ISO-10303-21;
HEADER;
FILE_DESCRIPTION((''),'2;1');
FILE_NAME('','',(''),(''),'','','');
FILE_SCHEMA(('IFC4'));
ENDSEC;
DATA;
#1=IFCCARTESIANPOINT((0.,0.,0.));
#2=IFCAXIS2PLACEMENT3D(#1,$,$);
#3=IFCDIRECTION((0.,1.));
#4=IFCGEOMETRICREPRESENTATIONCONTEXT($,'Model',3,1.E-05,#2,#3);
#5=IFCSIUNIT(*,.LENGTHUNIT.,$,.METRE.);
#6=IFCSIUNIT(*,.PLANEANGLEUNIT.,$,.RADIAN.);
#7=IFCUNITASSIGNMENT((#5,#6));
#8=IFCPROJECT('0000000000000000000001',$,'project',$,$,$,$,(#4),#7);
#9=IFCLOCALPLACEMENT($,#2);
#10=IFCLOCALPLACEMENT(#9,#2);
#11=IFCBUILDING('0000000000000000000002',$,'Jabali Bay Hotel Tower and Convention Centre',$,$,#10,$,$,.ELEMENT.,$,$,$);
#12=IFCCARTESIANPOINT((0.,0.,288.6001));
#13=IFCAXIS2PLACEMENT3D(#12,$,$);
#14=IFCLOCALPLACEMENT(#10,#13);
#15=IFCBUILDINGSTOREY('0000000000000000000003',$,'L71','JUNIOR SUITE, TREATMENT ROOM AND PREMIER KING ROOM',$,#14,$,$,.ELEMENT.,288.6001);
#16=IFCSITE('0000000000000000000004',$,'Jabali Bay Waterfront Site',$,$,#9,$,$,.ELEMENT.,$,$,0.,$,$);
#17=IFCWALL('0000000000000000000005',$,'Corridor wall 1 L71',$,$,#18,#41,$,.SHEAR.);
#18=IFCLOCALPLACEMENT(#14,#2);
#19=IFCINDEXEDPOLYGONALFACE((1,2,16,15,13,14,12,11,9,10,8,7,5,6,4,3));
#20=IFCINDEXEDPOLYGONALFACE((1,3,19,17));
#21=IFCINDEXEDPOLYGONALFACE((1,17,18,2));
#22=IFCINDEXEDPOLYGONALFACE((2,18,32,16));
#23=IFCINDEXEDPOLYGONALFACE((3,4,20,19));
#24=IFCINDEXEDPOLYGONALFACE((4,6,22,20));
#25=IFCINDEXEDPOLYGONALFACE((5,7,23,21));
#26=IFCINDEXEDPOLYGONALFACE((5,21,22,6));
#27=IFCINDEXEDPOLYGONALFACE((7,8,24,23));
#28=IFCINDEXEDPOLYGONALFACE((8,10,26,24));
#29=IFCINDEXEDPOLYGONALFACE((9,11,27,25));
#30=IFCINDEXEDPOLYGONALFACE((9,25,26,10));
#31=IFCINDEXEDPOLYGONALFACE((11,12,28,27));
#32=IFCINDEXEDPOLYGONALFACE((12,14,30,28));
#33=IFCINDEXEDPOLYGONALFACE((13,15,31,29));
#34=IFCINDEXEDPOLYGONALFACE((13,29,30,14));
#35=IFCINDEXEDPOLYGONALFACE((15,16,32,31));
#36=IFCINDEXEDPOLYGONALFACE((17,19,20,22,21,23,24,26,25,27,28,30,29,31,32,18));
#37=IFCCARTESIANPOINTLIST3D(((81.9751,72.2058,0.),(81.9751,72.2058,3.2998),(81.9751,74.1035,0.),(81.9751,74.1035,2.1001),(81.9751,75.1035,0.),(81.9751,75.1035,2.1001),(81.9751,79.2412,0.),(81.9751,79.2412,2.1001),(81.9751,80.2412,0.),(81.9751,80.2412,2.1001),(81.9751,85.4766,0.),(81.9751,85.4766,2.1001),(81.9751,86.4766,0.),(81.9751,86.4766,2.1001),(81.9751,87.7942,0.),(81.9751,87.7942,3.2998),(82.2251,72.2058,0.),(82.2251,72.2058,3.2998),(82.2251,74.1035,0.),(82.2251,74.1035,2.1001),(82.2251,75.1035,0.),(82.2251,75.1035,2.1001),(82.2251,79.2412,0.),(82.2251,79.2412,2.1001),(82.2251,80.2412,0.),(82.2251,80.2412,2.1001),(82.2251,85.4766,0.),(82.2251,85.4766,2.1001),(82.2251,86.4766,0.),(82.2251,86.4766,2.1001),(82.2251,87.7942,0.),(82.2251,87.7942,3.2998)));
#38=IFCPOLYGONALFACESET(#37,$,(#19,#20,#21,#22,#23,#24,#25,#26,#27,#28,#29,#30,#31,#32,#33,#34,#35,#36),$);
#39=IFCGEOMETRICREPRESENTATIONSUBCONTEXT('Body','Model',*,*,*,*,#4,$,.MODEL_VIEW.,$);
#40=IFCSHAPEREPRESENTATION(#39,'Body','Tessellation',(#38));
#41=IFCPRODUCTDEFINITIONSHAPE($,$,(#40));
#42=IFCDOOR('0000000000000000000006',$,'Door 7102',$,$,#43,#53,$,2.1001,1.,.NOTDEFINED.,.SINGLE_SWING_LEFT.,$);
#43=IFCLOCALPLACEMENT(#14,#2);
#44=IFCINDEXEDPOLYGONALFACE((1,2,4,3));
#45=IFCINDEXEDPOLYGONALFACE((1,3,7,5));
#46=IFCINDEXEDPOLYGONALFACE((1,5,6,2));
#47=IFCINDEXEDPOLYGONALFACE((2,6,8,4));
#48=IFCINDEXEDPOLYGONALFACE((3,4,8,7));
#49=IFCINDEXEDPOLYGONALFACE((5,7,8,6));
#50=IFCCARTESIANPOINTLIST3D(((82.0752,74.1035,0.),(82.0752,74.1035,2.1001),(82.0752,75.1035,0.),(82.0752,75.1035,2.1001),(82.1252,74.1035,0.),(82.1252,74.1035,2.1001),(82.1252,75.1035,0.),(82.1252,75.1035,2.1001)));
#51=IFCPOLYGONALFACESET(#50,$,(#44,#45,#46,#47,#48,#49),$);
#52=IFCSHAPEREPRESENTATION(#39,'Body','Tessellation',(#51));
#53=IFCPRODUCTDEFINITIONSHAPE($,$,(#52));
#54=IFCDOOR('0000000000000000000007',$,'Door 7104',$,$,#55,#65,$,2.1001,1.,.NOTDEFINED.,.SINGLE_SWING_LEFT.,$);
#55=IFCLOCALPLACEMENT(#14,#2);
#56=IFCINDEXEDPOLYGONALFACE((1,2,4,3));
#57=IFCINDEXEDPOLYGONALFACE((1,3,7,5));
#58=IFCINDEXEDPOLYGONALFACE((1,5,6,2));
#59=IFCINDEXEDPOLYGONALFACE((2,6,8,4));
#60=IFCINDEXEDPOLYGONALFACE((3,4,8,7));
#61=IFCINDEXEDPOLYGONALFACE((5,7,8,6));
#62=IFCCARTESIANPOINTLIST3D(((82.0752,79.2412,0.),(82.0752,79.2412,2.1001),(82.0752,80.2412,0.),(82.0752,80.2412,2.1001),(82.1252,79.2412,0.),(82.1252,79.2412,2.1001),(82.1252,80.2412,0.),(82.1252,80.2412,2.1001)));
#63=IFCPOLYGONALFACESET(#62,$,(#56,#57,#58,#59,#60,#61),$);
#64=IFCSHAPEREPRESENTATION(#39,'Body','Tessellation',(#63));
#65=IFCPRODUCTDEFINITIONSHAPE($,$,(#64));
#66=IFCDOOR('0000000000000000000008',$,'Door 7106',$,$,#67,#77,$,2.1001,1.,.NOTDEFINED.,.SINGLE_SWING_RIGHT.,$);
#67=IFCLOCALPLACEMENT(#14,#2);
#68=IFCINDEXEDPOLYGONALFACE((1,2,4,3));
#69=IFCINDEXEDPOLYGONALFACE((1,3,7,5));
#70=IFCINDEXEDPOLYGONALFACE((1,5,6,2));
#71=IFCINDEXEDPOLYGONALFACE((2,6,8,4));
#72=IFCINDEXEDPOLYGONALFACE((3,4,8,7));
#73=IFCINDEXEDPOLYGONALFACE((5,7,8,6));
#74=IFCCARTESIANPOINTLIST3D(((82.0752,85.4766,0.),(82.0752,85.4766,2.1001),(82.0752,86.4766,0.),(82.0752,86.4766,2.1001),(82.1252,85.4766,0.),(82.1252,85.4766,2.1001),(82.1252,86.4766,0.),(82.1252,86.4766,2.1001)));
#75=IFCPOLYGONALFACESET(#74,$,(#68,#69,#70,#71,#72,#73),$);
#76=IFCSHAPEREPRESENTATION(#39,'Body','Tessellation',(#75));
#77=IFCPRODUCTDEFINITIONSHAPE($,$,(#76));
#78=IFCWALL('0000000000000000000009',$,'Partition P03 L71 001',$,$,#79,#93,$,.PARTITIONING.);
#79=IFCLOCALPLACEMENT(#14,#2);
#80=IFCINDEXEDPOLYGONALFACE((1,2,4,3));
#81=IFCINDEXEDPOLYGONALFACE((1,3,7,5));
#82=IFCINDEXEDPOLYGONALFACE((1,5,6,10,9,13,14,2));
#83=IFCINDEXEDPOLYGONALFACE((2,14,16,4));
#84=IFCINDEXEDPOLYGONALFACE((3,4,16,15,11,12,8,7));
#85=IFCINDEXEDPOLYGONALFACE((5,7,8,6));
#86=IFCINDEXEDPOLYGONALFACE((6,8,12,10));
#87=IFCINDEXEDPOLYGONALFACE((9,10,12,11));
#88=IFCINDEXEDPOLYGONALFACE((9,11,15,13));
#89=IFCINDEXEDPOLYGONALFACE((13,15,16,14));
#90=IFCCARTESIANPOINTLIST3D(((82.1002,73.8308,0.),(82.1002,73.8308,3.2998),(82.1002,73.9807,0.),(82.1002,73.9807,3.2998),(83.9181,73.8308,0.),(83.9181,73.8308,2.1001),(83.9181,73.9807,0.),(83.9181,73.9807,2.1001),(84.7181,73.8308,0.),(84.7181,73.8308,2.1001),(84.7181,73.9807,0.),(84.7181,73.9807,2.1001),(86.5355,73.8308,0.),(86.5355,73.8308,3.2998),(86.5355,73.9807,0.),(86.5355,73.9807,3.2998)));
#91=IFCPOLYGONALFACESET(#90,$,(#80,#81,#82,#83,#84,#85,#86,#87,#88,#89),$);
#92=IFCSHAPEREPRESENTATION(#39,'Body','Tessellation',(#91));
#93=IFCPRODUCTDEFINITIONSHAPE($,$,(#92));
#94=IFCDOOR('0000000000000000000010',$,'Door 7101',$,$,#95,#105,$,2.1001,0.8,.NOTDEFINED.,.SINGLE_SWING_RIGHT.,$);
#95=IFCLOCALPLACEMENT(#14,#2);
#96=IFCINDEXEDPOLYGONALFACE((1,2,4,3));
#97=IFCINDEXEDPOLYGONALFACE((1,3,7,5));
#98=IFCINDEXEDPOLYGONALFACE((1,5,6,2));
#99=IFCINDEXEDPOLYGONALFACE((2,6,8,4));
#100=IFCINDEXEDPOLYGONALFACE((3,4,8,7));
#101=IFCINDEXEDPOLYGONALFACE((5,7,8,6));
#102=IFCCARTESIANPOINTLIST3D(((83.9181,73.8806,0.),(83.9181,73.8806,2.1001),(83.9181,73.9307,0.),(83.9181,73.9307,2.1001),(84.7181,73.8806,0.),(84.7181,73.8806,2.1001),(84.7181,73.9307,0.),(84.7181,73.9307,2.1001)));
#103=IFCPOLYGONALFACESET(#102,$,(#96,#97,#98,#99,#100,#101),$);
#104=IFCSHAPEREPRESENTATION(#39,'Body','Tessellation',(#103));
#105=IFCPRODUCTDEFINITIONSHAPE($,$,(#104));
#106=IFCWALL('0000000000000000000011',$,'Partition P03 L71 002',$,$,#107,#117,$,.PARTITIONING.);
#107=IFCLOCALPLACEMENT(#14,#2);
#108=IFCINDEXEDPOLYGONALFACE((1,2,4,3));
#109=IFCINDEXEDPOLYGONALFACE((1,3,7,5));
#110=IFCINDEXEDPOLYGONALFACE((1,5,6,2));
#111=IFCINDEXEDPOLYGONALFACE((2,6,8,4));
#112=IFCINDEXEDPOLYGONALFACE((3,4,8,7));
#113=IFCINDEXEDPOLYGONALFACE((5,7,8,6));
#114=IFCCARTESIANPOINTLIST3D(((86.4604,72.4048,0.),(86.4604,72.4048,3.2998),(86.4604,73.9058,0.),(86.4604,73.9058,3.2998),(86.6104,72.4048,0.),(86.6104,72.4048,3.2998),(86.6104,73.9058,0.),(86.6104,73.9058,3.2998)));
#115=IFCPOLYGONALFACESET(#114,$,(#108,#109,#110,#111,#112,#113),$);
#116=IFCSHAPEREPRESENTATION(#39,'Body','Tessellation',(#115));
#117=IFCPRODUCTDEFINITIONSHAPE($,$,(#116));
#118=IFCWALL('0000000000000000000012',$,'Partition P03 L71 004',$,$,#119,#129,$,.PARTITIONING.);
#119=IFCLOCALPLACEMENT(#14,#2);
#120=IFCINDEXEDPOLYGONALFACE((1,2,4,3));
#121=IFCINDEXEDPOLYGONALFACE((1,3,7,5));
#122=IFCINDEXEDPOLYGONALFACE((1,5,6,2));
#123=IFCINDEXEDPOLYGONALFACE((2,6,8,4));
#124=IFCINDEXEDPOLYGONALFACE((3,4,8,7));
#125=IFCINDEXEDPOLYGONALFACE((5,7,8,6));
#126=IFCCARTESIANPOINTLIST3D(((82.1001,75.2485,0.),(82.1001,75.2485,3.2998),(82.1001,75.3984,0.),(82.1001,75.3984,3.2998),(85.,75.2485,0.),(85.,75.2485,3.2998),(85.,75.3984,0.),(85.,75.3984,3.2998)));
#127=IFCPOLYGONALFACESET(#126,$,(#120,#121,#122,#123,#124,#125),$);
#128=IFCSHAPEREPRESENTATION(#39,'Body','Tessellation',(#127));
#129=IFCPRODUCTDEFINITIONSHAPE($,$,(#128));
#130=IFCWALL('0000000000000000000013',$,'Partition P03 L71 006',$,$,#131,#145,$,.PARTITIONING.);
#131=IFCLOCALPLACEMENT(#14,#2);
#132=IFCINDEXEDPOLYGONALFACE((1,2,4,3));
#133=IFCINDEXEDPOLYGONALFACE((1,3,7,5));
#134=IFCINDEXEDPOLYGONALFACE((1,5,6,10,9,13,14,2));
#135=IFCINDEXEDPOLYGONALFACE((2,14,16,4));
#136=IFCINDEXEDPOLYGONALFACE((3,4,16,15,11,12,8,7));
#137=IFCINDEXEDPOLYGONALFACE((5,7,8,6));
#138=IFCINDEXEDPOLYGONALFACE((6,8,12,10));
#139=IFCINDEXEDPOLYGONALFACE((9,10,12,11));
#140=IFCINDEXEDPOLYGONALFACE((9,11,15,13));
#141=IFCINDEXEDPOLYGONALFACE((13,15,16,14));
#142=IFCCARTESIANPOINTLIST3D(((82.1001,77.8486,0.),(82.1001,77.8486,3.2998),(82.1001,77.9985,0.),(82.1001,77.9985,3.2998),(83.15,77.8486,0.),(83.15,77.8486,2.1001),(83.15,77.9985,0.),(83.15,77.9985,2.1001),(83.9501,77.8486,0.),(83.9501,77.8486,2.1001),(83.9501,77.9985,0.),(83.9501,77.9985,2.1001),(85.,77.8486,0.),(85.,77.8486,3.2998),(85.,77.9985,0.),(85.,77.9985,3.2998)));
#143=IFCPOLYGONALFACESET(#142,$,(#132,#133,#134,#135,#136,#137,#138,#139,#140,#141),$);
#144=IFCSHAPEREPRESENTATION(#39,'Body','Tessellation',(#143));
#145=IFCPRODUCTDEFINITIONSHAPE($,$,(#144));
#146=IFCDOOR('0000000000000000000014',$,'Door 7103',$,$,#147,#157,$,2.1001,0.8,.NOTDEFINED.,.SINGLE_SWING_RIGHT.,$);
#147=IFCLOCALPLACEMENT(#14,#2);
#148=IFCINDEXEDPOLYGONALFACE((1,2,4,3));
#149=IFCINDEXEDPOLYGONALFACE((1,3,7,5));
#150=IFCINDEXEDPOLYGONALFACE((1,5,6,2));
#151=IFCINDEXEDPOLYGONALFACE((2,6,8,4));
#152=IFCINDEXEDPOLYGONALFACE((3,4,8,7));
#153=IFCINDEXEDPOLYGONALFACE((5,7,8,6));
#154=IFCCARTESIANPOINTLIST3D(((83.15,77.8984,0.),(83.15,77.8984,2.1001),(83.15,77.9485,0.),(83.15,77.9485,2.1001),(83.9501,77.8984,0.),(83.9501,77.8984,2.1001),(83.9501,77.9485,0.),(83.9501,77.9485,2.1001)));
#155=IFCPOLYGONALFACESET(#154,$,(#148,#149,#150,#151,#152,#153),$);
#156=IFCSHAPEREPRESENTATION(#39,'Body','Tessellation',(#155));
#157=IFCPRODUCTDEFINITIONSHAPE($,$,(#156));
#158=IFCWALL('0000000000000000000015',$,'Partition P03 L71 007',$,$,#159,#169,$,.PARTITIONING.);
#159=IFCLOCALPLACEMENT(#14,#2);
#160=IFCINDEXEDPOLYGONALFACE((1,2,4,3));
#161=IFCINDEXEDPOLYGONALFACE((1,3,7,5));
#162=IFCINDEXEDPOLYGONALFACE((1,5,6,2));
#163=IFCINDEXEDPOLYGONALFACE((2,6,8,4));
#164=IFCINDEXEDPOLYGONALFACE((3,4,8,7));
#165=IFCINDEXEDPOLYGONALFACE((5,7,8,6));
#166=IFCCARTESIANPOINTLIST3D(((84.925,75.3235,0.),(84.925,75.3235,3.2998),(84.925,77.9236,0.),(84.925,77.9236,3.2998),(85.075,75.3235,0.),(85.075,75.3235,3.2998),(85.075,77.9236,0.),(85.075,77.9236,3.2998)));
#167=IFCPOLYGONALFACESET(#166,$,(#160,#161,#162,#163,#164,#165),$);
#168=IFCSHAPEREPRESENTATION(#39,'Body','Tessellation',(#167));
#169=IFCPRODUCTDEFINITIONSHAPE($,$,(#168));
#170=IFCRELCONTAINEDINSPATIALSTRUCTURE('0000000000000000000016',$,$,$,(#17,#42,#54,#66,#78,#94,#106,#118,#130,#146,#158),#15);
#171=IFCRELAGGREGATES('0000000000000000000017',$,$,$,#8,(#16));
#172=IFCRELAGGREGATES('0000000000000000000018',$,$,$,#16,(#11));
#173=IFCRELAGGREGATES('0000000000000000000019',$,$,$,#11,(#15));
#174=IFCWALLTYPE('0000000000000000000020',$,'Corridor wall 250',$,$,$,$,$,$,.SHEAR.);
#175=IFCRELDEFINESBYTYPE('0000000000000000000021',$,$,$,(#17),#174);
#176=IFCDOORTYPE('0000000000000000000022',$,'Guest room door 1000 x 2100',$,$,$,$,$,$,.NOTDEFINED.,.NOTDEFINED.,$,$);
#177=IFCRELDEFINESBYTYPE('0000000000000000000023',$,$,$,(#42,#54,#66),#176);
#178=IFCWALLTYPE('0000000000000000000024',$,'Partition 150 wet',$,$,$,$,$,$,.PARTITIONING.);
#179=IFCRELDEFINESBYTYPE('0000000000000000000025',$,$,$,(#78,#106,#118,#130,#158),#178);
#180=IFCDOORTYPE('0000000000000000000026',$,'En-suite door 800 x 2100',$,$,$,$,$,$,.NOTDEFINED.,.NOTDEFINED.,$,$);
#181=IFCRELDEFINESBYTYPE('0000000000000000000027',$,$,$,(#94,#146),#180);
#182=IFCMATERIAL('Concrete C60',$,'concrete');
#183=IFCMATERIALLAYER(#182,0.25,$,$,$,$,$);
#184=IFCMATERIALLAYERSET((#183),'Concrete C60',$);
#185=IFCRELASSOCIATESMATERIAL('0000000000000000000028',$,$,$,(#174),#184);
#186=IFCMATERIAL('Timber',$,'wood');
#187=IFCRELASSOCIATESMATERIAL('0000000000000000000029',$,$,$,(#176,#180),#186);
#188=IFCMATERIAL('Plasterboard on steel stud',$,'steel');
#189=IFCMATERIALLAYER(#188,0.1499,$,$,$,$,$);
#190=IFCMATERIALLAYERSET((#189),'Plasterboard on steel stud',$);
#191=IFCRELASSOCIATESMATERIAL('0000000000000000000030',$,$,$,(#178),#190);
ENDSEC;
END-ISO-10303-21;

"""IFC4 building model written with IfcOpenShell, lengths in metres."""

from ifc_helpers import new_model, si_unit, direction, frame, frame_2d, origin, place, context, subcontext, project, spatial, rectangle, extrude, material, layer, layer_set, type_object, element, fill, save


model = new_model("IFC4")

# Units and contexts
model_context = context("Model", 3, precision=1e-05, world=origin(), true_north=direction((0.0, 1.0)))
body_context = subcontext(model_context, "Body", "Model", "MODEL_VIEW")
ifc_project = project(units=[si_unit("LENGTHUNIT", "METRE"), si_unit("PLANEANGLEUNIT", "RADIAN")], contexts=[model_context])

# Site, building, storey
site_placement = place(None, origin())
site = spatial("IfcSite", under=ifc_project, at=site_placement, Name="Jabali Bay Waterfront Site", CompositionType="ELEMENT", RefElevation=0.0)
building_placement = place(site_placement, origin())
building = spatial("IfcBuilding", under=site, at=building_placement, Name="Jabali Bay Hotel Tower and Convention Centre", CompositionType="ELEMENT")
storey_placement = place(building_placement, frame((0.0, 0.0, 288.6001)))
storey = spatial("IfcBuildingStorey", under=building, at=storey_placement, Name="L71", Description="JUNIOR SUITE, TREATMENT ROOM AND PREMIER KING ROOM", CompositionType="ELEMENT", Elevation=288.6001)

# Shared definitions
ifc_material_1 = material(Name="Concrete C60", Category="concrete")

# Wall, openings, doors
ifc_layer_1 = layer(ifc_material_1, 0.25)
ifc_layer_set_1 = layer_set([ifc_layer_1], Name="Concrete C60")
wall_type_1 = type_object("IfcWallType", Name="Corridor wall 250", PredefinedType="SHEAR", material=ifc_layer_set_1)
wall_1_placement = place(storey_placement, frame((82.1001, 72.2058, 0.0), z_axis=(0.0, 0.0, 1.0), x_axis=(0.0, 1.0, 0.0)))
wall_1 = element("IfcWall", 1, at=wall_1_placement, inside=storey, type_object=wall_type_1, Name="Corridor wall 1 L71", PredefinedType="SHEAR", context=body_context, shape_type="SweptSolid", body=[
    extrude(rectangle(XDim=15.5884, YDim=0.25, at=frame_2d((7.7942, 0.0))), origin(), (0.0, 0.0, 1.0), 3.2998),
])
opening_1_placement = place(wall_1_placement, frame((1.8977, 0.0, 0.0)))
opening_1 = element("IfcOpeningElement", 2, at=opening_1_placement, cuts=wall_1, PredefinedType="OPENING", context=body_context, shape_type="SweptSolid", body=[
    extrude(rectangle(XDim=1.0, YDim=2.1001, at=frame_2d((0.5, 1.05))), frame((0.0, 0.1355, 0.0), z_axis=(0.0, -1.0, 0.0), x_axis=(1.0, 0.0, 0.0)), (0.0, 0.0, 1.0), 0.271),
])
opening_2_placement = place(wall_1_placement, frame((7.0354, 0.0, 0.0)))
opening_2 = element("IfcOpeningElement", 3, at=opening_2_placement, cuts=wall_1, PredefinedType="OPENING", context=body_context, shape_type="SweptSolid", body=[
    extrude(rectangle(XDim=1.0, YDim=2.1001, at=frame_2d((0.5, 1.05))), frame((0.0, 0.1355, 0.0), z_axis=(0.0, -1.0, 0.0), x_axis=(1.0, 0.0, 0.0)), (0.0, 0.0, 1.0), 0.271),
])
opening_3_placement = place(wall_1_placement, frame((13.2708, 0.0, 0.0)))
opening_3 = element("IfcOpeningElement", 4, at=opening_3_placement, cuts=wall_1, PredefinedType="OPENING", context=body_context, shape_type="SweptSolid", body=[
    extrude(rectangle(XDim=1.0, YDim=2.1001, at=frame_2d((0.5, 1.05))), frame((0.0, 0.1355, 0.0), z_axis=(0.0, -1.0, 0.0), x_axis=(1.0, 0.0, 0.0)), (0.0, 0.0, 1.0), 0.271),
])
ifc_material_2 = material(Name="Timber", Category="wood")
door_type_1 = type_object("IfcDoorType", Name="Guest room door 1000 x 2100", OperationType="NOTDEFINED", PredefinedType="NOTDEFINED", material=ifc_material_2)
door_1_placement = place(opening_1_placement, origin())
door_1 = element("IfcDoor", 5, at=door_1_placement, inside=storey, type_object=door_type_1, Name="Door 7102", OperationType="SINGLE_SWING_LEFT", OverallHeight=2.1001, OverallWidth=1.0, PredefinedType="NOTDEFINED", context=body_context, shape_type="SweptSolid", body=[
    extrude(rectangle(XDim=1.0, YDim=2.1001, at=frame_2d((0.5, 1.05))), frame((0.0, 0.0249, 0.0), z_axis=(0.0, -1.0, 0.0), x_axis=(1.0, 0.0, 0.0)), (0.0, 0.0, 1.0), 0.05),
])
fill(opening_1, door_1)
door_2_placement = place(opening_2_placement, origin())
door_2 = element("IfcDoor", 6, at=door_2_placement, inside=storey, type_object=door_type_1, Name="Door 7104", OperationType="SINGLE_SWING_LEFT", OverallHeight=2.1001, OverallWidth=1.0, PredefinedType="NOTDEFINED", context=body_context, shape_type="SweptSolid", body=[
    extrude(rectangle(XDim=1.0, YDim=2.1001, at=frame_2d((0.5, 1.05))), frame((0.0, 0.0249, 0.0), z_axis=(0.0, -1.0, 0.0), x_axis=(1.0, 0.0, 0.0)), (0.0, 0.0, 1.0), 0.05),
])
fill(opening_2, door_2)
door_3_placement = place(opening_3_placement, origin())
door_3 = element("IfcDoor", 7, at=door_3_placement, inside=storey, type_object=door_type_1, Name="Door 7106", OperationType="SINGLE_SWING_RIGHT", OverallHeight=2.1001, OverallWidth=1.0, PredefinedType="NOTDEFINED", context=body_context, shape_type="SweptSolid", body=[
    extrude(rectangle(XDim=1.0, YDim=2.1001, at=frame_2d((0.5, 1.05))), frame((0.0, 0.0249, 0.0), z_axis=(0.0, -1.0, 0.0), x_axis=(1.0, 0.0, 0.0)), (0.0, 0.0, 1.0), 0.05),
])
fill(opening_3, door_3)

# Wall, opening, door
ifc_material_3 = material(Name="Plasterboard on steel stud", Category="steel")
ifc_layer_2 = layer(ifc_material_3, 0.1499)
ifc_layer_set_2 = layer_set([ifc_layer_2], Name="Plasterboard on steel stud")
wall_type_2 = type_object("IfcWallType", Name="Partition 150 wet", PredefinedType="PARTITIONING", material=ifc_layer_set_2)
wall_2_placement = place(storey_placement, frame((82.1001, 73.9058, 0.0), z_axis=(0.0, 0.0, 1.0), x_axis=(1.0, 0.0, 0.0)))
wall_2 = element("IfcWall", 8, at=wall_2_placement, inside=storey, type_object=wall_type_2, Name="Partition P03 L71 001", PredefinedType="PARTITIONING", context=body_context, shape_type="SweptSolid", body=[
    extrude(rectangle(XDim=4.4353, YDim=0.1499, at=frame_2d((2.2178, 0.0))), origin(), (0.0, 0.0, 1.0), 3.2998),
])
opening_4_placement = place(wall_2_placement, frame((1.8181, 0.0, 0.0)))
opening_4 = element("IfcOpeningElement", 9, at=opening_4_placement, cuts=wall_2, PredefinedType="OPENING", context=body_context, shape_type="SweptSolid", body=[
    extrude(rectangle(XDim=0.8, YDim=2.1001, at=frame_2d((0.3999, 1.05))), frame((0.0, 0.0854, 0.0), z_axis=(0.0, -1.0, 0.0), x_axis=(1.0, 0.0, 0.0)), (0.0, 0.0, 1.0), 0.1709),
])
door_type_2 = type_object("IfcDoorType", Name="En-suite door 800 x 2100", OperationType="NOTDEFINED", PredefinedType="NOTDEFINED", material=ifc_material_2)
door_4_placement = place(opening_4_placement, origin())
door_4 = element("IfcDoor", 10, at=door_4_placement, inside=storey, type_object=door_type_2, Name="Door 7101", OperationType="SINGLE_SWING_RIGHT", OverallHeight=2.1001, OverallWidth=0.8, PredefinedType="NOTDEFINED", context=body_context, shape_type="SweptSolid", body=[
    extrude(rectangle(XDim=0.8, YDim=2.1001, at=frame_2d((0.3999, 1.05))), frame((0.0, 0.0249, 0.0), z_axis=(0.0, -1.0, 0.0), x_axis=(1.0, 0.0, 0.0)), (0.0, 0.0, 1.0), 0.05),
])
fill(opening_4, door_4)

# Walls
wall_3_placement = place(storey_placement, frame((86.5354, 73.9058, 0.0), z_axis=(0.0, 0.0, 1.0), x_axis=(0.0, -1.0, 0.0)))
element("IfcWall", 11, at=wall_3_placement, inside=storey, type_object=wall_type_2, Name="Partition P03 L71 002", PredefinedType="PARTITIONING", context=body_context, shape_type="SweptSolid", body=[
    extrude(rectangle(XDim=1.501, YDim=0.1499, at=frame_2d((0.7505, 0.0))), origin(), (0.0, 0.0, 1.0), 3.2998),
])
wall_4_placement = place(storey_placement, frame((85.0, 75.3235, 0.0), z_axis=(0.0, 0.0, 1.0), x_axis=(-1.0, 0.0, 0.0)))
element("IfcWall", 12, at=wall_4_placement, inside=storey, type_object=wall_type_2, Name="Partition P03 L71 004", PredefinedType="PARTITIONING", context=body_context, shape_type="SweptSolid", body=[
    extrude(rectangle(XDim=2.8999, YDim=0.1499, at=frame_2d((1.45, 0.0))), origin(), (0.0, 0.0, 1.0), 3.2998),
])

# Wall, opening, door
wall_5_placement = place(storey_placement, frame((82.1001, 77.9236, 0.0), z_axis=(0.0, 0.0, 1.0), x_axis=(1.0, 0.0, 0.0)))
wall_5 = element("IfcWall", 13, at=wall_5_placement, inside=storey, type_object=wall_type_2, Name="Partition P03 L71 006", PredefinedType="PARTITIONING", context=body_context, shape_type="SweptSolid", body=[
    extrude(rectangle(XDim=2.8999, YDim=0.1499, at=frame_2d((1.45, 0.0))), origin(), (0.0, 0.0, 1.0), 3.2998),
])
opening_5_placement = place(wall_5_placement, frame((1.05, 0.0, 0.0)))
opening_5 = element("IfcOpeningElement", 14, at=opening_5_placement, cuts=wall_5, PredefinedType="OPENING", context=body_context, shape_type="SweptSolid", body=[
    extrude(rectangle(XDim=0.8, YDim=2.1001, at=frame_2d((0.3999, 1.05))), frame((0.0, 0.0854, 0.0), z_axis=(0.0, -1.0, 0.0), x_axis=(1.0, 0.0, 0.0)), (0.0, 0.0, 1.0), 0.1709),
])
door_5_placement = place(opening_5_placement, origin())
door_5 = element("IfcDoor", 15, at=door_5_placement, inside=storey, type_object=door_type_2, Name="Door 7103", OperationType="SINGLE_SWING_RIGHT", OverallHeight=2.1001, OverallWidth=0.8, PredefinedType="NOTDEFINED", context=body_context, shape_type="SweptSolid", body=[
    extrude(rectangle(XDim=0.8, YDim=2.1001, at=frame_2d((0.3999, 1.05))), frame((0.0, 0.0249, 0.0), z_axis=(0.0, -1.0, 0.0), x_axis=(1.0, 0.0, 0.0)), (0.0, 0.0, 1.0), 0.05),
])
fill(opening_5, door_5)

# Wall
wall_6_placement = place(storey_placement, frame((85.0, 77.9236, 0.0), z_axis=(0.0, 0.0, 1.0), x_axis=(0.0, -1.0, 0.0)))
element("IfcWall", 16, at=wall_6_placement, inside=storey, type_object=wall_type_2, Name="Partition P03 L71 007", PredefinedType="PARTITIONING", context=body_context, shape_type="SweptSolid", body=[
    extrude(rectangle(XDim=2.6001, YDim=0.1499, at=frame_2d((1.3, 0.0))), origin(), (0.0, 0.0, 1.0), 3.2998),
])

save(model, "model.ifc")
